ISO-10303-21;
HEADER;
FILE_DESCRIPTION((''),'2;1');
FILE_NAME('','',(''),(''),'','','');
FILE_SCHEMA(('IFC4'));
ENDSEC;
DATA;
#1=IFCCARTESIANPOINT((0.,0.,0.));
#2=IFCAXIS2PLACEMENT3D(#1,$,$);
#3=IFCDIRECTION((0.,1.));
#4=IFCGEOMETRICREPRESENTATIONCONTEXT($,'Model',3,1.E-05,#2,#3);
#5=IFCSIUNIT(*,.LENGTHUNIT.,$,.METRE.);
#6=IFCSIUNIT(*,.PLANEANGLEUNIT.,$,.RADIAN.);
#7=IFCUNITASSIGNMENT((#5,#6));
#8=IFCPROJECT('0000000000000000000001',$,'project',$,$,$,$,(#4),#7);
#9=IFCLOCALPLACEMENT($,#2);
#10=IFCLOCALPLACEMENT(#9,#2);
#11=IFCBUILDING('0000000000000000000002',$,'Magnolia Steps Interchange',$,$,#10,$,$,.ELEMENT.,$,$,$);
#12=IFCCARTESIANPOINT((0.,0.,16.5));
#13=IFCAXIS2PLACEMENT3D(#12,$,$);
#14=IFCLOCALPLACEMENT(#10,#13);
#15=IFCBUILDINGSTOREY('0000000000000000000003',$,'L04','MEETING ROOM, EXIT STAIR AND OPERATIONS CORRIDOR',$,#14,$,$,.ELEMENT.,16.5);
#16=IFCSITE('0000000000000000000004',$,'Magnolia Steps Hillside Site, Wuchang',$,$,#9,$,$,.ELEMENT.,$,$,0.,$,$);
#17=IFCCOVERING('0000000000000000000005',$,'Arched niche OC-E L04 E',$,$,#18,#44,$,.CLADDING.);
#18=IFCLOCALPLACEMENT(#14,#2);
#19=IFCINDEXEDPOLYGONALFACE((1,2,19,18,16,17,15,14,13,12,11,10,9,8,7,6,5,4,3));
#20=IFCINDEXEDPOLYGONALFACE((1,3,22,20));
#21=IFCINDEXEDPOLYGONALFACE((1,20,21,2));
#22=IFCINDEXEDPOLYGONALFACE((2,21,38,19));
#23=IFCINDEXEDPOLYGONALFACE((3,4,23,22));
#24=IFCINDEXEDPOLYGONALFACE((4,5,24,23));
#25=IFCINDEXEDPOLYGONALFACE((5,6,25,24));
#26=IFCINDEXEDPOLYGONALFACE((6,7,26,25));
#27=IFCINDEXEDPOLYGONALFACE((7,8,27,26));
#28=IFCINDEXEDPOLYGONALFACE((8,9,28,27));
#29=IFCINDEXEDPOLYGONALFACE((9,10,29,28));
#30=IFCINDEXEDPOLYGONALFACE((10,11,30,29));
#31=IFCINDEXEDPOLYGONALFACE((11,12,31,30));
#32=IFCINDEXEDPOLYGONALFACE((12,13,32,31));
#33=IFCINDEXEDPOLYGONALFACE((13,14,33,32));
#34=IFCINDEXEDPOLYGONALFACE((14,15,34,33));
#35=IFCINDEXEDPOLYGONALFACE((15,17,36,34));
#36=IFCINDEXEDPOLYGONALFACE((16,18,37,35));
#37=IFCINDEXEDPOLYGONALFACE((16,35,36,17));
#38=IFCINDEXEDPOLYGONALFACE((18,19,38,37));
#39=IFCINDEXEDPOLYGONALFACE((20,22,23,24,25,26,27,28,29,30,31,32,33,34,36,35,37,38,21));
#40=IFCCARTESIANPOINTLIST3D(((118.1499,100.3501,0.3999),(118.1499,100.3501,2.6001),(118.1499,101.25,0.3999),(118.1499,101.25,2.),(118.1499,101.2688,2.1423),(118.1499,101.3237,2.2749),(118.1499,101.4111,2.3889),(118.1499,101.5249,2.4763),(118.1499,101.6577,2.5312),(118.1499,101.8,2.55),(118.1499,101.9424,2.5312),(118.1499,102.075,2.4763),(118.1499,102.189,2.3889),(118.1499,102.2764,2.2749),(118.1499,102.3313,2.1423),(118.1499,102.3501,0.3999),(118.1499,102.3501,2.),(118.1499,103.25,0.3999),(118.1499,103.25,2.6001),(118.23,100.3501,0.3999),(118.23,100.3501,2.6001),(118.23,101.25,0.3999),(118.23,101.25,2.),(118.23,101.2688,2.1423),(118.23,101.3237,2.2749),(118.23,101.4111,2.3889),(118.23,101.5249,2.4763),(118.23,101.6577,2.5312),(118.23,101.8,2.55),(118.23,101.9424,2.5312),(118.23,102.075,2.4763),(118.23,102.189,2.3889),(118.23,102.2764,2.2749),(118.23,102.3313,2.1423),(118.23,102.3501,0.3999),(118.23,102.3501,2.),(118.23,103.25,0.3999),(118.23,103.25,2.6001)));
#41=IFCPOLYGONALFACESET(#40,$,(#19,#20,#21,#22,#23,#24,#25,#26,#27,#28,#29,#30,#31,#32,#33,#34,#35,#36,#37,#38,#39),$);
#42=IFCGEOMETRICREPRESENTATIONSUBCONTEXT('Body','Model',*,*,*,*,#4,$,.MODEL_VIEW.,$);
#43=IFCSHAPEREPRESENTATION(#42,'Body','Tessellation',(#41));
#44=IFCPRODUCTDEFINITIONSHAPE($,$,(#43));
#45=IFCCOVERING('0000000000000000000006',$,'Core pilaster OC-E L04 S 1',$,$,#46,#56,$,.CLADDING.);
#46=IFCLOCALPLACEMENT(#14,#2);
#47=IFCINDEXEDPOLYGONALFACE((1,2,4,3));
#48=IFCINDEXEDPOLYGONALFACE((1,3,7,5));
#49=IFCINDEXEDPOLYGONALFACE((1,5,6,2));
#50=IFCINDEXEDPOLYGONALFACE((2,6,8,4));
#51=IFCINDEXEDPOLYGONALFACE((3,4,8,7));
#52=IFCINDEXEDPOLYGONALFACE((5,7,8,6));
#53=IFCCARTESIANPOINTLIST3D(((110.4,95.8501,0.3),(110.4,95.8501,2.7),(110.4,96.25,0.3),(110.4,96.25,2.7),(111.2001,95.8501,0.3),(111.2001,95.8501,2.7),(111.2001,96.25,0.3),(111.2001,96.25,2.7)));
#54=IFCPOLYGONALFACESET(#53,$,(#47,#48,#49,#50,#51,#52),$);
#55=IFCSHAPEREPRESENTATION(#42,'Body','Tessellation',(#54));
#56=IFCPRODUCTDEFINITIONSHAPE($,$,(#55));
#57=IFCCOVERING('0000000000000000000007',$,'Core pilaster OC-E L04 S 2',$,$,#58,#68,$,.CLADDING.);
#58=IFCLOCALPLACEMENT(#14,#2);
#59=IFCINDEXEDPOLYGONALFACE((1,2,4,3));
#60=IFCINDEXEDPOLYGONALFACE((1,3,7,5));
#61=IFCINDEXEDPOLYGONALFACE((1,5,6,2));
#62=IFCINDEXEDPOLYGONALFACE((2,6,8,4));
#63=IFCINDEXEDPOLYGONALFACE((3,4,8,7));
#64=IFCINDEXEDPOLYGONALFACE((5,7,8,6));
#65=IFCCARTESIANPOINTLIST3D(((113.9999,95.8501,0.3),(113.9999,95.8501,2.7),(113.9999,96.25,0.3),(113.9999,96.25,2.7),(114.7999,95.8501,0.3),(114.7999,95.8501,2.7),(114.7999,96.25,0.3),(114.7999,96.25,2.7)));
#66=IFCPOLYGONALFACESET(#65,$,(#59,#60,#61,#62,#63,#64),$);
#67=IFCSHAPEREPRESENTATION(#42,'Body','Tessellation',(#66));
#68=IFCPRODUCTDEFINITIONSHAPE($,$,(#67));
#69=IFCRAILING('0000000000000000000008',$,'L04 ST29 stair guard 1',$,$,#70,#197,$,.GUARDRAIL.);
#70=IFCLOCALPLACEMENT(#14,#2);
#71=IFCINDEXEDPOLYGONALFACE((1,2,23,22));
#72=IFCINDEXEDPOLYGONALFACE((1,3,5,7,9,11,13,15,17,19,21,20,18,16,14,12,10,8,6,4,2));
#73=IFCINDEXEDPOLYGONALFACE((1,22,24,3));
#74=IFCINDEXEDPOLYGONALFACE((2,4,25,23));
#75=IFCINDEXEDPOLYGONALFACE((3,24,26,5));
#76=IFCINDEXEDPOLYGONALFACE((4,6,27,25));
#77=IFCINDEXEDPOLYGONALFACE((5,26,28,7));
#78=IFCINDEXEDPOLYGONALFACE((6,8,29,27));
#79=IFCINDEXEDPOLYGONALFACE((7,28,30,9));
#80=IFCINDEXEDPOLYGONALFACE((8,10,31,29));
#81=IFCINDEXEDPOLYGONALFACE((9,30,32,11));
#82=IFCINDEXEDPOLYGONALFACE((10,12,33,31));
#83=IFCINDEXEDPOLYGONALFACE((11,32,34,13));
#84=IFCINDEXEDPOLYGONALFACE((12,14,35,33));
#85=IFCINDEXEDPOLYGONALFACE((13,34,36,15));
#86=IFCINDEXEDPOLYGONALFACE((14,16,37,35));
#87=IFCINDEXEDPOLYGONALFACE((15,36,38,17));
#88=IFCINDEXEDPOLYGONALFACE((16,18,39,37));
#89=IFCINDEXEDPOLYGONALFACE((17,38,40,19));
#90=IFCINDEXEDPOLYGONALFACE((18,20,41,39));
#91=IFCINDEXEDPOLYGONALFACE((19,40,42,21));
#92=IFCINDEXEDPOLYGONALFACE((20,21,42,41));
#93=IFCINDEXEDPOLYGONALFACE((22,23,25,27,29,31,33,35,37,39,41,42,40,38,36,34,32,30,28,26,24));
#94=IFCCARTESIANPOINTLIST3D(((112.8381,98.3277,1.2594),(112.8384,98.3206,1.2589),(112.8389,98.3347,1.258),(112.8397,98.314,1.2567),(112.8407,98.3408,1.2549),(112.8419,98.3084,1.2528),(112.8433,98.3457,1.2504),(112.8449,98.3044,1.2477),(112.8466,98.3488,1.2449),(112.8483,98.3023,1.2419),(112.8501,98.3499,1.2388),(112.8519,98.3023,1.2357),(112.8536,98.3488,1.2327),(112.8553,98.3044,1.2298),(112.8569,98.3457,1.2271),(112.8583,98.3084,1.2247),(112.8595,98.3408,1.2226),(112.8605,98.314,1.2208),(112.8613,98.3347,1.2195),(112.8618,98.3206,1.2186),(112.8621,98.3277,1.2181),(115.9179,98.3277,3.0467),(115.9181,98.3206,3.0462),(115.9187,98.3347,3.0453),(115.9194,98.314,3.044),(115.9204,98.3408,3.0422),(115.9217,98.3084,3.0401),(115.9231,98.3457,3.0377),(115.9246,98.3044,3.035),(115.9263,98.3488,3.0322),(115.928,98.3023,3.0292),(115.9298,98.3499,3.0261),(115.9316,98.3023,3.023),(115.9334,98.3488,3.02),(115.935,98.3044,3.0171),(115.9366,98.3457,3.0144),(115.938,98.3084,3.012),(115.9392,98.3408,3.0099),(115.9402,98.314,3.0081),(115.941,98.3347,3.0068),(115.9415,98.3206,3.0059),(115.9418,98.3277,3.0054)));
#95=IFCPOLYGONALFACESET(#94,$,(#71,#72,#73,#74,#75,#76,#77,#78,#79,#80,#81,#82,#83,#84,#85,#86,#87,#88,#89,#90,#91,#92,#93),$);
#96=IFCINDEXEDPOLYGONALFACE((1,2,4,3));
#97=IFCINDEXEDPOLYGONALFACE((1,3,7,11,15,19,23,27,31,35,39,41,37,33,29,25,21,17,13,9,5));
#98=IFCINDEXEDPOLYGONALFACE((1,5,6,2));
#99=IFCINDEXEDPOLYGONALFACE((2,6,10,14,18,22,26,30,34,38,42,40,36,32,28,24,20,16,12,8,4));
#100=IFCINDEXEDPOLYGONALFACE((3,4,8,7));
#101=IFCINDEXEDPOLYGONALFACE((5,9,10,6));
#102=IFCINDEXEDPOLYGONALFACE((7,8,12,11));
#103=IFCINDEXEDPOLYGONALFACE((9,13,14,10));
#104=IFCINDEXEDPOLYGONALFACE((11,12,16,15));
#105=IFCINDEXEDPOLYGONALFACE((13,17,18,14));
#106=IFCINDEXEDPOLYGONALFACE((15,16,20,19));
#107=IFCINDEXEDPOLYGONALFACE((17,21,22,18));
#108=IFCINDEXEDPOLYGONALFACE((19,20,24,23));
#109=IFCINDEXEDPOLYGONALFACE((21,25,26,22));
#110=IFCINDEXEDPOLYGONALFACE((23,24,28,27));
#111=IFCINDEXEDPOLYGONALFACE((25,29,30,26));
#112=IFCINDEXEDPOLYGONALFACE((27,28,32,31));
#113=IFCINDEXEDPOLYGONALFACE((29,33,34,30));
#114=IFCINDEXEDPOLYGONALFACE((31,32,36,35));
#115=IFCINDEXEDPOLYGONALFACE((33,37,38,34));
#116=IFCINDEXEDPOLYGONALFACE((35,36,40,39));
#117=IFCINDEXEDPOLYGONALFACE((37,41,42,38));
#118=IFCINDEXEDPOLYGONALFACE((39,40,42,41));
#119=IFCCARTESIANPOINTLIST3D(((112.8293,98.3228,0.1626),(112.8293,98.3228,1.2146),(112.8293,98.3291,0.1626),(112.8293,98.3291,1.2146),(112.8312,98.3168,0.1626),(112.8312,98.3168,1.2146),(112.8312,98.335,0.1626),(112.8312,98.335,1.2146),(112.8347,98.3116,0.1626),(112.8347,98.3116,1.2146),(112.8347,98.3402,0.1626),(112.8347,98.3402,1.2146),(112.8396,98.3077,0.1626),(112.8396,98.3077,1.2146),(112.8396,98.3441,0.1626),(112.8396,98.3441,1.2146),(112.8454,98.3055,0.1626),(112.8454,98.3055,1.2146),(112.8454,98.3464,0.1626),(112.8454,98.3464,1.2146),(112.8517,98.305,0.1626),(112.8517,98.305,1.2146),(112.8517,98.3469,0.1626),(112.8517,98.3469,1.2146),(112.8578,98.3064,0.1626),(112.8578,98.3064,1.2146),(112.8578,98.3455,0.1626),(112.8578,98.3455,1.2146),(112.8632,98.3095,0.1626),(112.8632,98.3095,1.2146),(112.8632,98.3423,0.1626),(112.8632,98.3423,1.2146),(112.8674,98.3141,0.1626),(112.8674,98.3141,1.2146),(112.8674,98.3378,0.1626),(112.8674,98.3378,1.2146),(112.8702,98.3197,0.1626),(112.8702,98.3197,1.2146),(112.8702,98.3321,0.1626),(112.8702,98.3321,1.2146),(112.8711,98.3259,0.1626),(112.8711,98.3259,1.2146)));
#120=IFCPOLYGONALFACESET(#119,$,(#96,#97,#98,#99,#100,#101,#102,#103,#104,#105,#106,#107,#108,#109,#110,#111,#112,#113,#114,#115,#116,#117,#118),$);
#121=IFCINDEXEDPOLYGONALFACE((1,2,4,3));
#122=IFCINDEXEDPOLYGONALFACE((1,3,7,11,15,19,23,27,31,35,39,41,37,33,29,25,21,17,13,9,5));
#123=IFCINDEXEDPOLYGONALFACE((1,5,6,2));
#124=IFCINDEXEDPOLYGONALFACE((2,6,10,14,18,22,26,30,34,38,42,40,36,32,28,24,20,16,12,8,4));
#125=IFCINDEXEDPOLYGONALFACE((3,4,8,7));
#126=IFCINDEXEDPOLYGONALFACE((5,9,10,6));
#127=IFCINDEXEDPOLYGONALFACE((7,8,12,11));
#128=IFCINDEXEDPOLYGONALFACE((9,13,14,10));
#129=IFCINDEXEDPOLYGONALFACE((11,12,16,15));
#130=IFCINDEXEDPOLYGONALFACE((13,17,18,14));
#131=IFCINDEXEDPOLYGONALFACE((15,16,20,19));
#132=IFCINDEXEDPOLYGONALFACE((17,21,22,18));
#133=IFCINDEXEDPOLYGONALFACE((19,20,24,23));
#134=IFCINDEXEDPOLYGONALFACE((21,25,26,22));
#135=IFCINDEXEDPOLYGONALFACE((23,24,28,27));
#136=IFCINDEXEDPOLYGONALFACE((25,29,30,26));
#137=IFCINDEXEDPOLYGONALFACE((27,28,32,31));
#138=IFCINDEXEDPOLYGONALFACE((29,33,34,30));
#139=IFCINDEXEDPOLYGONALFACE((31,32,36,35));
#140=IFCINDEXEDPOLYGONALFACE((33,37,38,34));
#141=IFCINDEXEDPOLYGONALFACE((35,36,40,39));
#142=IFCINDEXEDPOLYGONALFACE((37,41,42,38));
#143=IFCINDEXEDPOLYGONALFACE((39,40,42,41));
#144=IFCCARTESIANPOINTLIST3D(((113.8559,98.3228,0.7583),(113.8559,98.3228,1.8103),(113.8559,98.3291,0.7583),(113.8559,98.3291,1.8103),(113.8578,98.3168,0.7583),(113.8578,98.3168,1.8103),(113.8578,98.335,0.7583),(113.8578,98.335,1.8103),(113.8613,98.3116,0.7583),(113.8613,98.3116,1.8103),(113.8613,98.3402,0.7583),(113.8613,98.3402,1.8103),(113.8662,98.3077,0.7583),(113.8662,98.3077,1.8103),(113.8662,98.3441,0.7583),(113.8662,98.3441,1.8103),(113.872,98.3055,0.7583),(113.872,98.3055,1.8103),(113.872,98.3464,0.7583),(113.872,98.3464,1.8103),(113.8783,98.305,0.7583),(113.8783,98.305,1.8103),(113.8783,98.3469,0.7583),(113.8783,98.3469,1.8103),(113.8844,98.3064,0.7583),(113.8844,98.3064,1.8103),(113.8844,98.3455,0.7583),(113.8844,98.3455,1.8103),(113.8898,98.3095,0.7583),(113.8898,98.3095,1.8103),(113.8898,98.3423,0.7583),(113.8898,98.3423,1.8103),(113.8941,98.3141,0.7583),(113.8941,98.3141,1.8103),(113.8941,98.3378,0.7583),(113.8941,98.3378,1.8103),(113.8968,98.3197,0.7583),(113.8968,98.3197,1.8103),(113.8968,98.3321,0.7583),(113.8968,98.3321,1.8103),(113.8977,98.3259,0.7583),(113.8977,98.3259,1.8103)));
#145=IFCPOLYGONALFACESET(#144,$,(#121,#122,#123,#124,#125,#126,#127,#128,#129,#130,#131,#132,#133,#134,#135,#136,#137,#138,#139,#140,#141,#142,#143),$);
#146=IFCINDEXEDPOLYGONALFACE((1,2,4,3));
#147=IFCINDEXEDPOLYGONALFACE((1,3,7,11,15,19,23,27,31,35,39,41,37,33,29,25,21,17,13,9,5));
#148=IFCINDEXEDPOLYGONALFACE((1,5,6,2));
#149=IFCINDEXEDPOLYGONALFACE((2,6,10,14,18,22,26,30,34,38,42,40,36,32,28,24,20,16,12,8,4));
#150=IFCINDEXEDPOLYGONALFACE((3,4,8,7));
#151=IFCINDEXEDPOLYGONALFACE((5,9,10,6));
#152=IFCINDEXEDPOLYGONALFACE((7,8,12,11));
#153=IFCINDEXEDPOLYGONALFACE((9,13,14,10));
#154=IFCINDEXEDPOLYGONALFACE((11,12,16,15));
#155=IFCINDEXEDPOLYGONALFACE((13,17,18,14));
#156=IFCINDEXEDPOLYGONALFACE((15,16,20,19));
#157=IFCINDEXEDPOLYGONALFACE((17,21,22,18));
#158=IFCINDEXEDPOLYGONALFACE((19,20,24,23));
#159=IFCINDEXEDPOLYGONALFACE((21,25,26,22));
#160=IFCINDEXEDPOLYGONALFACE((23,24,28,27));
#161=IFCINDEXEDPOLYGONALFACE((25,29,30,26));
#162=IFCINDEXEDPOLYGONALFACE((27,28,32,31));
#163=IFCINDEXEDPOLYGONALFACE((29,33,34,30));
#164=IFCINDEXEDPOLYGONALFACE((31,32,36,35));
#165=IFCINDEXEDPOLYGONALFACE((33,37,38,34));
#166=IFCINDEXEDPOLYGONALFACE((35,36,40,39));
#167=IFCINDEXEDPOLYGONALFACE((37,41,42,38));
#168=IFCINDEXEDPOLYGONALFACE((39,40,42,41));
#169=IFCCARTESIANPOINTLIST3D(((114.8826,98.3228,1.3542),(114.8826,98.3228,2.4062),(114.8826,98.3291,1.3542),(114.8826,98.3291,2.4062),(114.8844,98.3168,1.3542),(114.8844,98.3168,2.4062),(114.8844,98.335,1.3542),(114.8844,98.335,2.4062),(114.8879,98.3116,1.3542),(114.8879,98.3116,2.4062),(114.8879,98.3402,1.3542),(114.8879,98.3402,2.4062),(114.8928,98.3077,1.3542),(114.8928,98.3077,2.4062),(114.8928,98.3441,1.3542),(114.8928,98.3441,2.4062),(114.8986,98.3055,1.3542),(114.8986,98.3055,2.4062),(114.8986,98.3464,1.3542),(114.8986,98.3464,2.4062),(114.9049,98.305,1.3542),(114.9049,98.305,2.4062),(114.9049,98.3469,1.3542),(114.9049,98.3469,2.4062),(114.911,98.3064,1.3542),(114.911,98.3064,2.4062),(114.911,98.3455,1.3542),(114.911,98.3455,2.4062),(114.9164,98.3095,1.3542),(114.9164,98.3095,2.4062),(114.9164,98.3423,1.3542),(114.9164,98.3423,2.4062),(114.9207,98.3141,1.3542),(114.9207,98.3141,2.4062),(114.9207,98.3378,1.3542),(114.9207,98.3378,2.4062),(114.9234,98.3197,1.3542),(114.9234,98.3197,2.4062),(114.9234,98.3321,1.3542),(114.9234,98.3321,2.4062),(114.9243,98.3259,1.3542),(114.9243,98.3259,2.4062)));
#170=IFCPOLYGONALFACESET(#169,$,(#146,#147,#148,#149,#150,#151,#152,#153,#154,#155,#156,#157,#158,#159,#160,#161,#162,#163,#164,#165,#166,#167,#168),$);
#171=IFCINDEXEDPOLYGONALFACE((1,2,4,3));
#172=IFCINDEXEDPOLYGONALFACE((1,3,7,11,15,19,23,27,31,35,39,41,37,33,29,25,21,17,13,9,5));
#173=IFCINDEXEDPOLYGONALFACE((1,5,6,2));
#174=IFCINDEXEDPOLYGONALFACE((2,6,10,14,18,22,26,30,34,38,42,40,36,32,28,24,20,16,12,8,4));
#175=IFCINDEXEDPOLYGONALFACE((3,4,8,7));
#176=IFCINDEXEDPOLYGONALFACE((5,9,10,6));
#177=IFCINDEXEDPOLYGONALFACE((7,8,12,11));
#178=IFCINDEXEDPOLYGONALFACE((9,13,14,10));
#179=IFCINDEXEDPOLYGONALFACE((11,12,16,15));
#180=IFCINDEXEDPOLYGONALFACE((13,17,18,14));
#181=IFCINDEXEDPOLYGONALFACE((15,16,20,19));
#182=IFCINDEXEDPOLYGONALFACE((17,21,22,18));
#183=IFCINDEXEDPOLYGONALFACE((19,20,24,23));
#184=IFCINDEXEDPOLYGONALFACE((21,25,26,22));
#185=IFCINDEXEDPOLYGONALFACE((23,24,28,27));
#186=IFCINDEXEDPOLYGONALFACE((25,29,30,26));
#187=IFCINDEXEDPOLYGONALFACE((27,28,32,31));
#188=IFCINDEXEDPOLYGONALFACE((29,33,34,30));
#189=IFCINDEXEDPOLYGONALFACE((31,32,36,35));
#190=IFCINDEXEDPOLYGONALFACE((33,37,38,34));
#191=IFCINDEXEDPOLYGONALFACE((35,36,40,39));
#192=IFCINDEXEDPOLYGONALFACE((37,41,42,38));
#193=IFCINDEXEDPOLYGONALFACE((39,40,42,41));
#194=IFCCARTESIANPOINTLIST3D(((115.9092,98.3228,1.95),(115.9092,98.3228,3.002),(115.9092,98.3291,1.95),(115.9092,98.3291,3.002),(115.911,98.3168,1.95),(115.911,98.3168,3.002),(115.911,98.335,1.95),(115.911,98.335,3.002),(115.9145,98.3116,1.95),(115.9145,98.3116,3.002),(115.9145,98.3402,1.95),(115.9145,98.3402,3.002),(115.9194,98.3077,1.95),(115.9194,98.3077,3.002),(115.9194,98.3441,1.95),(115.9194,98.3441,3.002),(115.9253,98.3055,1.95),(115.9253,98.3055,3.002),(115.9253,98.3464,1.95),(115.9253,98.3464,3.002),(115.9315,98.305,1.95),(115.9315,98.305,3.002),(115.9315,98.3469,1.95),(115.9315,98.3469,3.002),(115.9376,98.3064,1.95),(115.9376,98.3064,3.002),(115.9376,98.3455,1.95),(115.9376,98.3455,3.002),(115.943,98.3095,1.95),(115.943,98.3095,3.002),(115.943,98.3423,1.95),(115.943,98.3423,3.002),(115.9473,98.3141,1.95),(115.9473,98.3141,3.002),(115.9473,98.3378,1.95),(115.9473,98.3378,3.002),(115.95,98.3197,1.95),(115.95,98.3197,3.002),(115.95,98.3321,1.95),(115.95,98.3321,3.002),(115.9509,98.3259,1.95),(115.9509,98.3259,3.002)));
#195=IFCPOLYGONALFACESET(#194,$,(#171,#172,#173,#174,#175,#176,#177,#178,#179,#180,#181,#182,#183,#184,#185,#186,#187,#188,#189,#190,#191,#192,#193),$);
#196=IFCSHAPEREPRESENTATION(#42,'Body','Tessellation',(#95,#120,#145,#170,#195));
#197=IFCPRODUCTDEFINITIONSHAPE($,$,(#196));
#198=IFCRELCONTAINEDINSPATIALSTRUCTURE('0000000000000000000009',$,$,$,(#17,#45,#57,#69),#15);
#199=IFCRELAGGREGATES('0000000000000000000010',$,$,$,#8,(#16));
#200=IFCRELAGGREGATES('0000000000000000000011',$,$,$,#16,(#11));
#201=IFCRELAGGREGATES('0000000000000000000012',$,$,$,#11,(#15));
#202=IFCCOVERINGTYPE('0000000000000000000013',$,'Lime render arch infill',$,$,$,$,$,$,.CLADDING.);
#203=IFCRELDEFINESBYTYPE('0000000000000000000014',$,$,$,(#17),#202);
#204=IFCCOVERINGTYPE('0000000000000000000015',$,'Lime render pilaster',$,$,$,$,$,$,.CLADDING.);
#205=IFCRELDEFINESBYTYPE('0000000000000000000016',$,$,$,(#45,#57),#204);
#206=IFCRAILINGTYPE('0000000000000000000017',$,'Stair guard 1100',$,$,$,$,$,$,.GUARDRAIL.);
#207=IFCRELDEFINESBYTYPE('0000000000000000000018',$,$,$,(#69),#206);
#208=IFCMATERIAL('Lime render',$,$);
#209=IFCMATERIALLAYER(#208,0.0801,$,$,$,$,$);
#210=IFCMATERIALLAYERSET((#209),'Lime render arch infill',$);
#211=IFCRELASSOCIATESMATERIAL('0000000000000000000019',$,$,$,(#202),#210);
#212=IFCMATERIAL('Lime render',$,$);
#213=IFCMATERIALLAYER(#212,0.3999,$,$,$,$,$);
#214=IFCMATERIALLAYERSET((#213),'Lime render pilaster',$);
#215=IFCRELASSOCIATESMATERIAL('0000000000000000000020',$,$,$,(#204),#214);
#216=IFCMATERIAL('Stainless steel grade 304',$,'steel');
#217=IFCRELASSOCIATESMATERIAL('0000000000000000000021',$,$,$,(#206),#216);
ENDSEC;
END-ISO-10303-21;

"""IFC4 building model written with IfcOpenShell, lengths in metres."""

from ifc_helpers import new_model, si_unit, direction, frame, origin, origin_2d, place, context, subcontext, project, spatial, polyline, rectangle, circle, outline, extrude, material, layer, layer_set, type_object, element, save


model = new_model("IFC4")

# Units and contexts
model_context = context("Model", 3, precision=1e-05, world=origin(), true_north=direction((0.0, 1.0)))
body_context = subcontext(model_context, "Body", "Model", "MODEL_VIEW")
ifc_project = project(units=[si_unit("LENGTHUNIT", "METRE"), si_unit("PLANEANGLEUNIT", "RADIAN")], contexts=[model_context])

# Site, building, storey
site_placement = place(None, origin())
site = spatial("IfcSite", under=ifc_project, at=site_placement, Name="Magnolia Steps Hillside Site, Wuchang", CompositionType="ELEMENT", RefElevation=0.0)
building_placement = place(site_placement, origin())
building = spatial("IfcBuilding", under=site, at=building_placement, Name="Magnolia Steps Interchange", CompositionType="ELEMENT")
storey_placement = place(building_placement, frame((0.0, 0.0, 16.5)))
storey = spatial("IfcBuildingStorey", under=building, at=storey_placement, Name="L04", Description="MEETING ROOM, EXIT STAIR AND OPERATIONS CORRIDOR", CompositionType="ELEMENT", Elevation=16.5)

# Coverings
ifc_material_1 = material(Name="Lime render")
ifc_layer_1 = layer(ifc_material_1, 0.0801)
ifc_layer_set_1 = layer_set([ifc_layer_1], Name="Lime render arch infill")
covering_type_1 = type_object("IfcCoveringType", Name="Lime render arch infill", PredefinedType="CLADDING", material=ifc_layer_set_1)
covering_1_placement = place(storey_placement, frame((118.1499, 100.3501, 0.3999), z_axis=(-1.0, 0.0, 0.0), x_axis=(0.0, 0.0, 1.0)))
element("IfcCovering", 1, at=covering_1_placement, inside=storey, type_object=covering_type_1, Name="Arched niche OC-E L04 E", PredefinedType="CLADDING", context=body_context, shape_type="SweptSolid", body=[
    extrude(outline(polyline([(0.0, 0.0), (2.2002, 0.0), (2.2002, 2.8999), (0.0, 2.8999), (0.0, 2.0), (1.6001, 2.0), (1.7424, 1.9812), (1.875, 1.9263), (1.989, 1.8389), (2.0764, 1.7249), (2.1313, 1.5923), (2.1501, 1.45), (2.1313, 1.3076), (2.0764, 1.1748), (1.989, 1.061), (1.875, 0.9736), (1.7424, 0.9187), (1.6001, 0.8999), (0.0, 0.8999), (0.0, 0.0)])), origin(), (0.0, 0.0, -1.0), 0.0801),
])
ifc_material_2 = material(Name="Lime render")
ifc_layer_2 = layer(ifc_material_2, 0.3999)
ifc_layer_set_2 = layer_set([ifc_layer_2], Name="Lime render pilaster")
covering_type_2 = type_object("IfcCoveringType", Name="Lime render pilaster", PredefinedType="CLADDING", material=ifc_layer_set_2)
for number, where, z_axis, x_axis, name in (
    (2, (110.8, 96.05, 0.3), (0.0, 0.0, 1.0), (1.0, 0.0, 0.0), "Core pilaster OC-E L04 S 1"),
    (3, (114.3999, 96.05, 0.3), (0.0, 0.0, 1.0), (1.0, 0.0, 0.0), "Core pilaster OC-E L04 S 2"),
):
    element("IfcCovering", number, at=place(storey_placement, frame(where, z_axis=z_axis, x_axis=x_axis)), inside=storey, type_object=covering_type_2, Name=name, PredefinedType="CLADDING", context=body_context, shape_type="SweptSolid", body=[
        extrude(rectangle(XDim=0.8, YDim=0.3999, at=origin_2d()), origin(), (0.0, 0.0, 1.0), 2.3999),
    ])

# Railing
ifc_material_3 = material(Name="Stainless steel grade 304", Category="steel")
railing_type_1 = type_object("IfcRailingType", Name="Stair guard 1100", PredefinedType="GUARDRAIL", material=ifc_material_3)
railing_1_placement = place(storey_placement, frame((112.8501, 98.3259, 0.1626)))
element("IfcRailing", 4, at=railing_1_placement, inside=storey, type_object=railing_type_1, Name="L04 ST29 stair guard 1", PredefinedType="GUARDRAIL", context=body_context, shape_type="SweptSolid", body=[
    extrude(circle(Radius=0.0239, at=origin_2d()), frame((0.0, 0.0, 1.0762), z_axis=(0.864903, 0.0, 0.501939), x_axis=(0.0, 1.0, 0.0)), (0.0, 0.0, 1.0), 3.5608),
    extrude(circle(Radius=0.021, at=origin_2d()), origin(), (0.0, 0.0, 1.0), 1.052),
    extrude(circle(Radius=0.021, at=origin_2d()), frame((1.0266, 0.0, 0.5957)), (0.0, 0.0, 1.0), 1.052),
    extrude(circle(Radius=0.021, at=origin_2d()), frame((2.0532, 0.0, 1.1917)), (0.0, 0.0, 1.0), 1.052),
    extrude(circle(Radius=0.021, at=origin_2d()), frame((3.0798, 0.0, 1.7874)), (0.0, 0.0, 1.0), 1.052),
])

save(model, "model.ifc")
